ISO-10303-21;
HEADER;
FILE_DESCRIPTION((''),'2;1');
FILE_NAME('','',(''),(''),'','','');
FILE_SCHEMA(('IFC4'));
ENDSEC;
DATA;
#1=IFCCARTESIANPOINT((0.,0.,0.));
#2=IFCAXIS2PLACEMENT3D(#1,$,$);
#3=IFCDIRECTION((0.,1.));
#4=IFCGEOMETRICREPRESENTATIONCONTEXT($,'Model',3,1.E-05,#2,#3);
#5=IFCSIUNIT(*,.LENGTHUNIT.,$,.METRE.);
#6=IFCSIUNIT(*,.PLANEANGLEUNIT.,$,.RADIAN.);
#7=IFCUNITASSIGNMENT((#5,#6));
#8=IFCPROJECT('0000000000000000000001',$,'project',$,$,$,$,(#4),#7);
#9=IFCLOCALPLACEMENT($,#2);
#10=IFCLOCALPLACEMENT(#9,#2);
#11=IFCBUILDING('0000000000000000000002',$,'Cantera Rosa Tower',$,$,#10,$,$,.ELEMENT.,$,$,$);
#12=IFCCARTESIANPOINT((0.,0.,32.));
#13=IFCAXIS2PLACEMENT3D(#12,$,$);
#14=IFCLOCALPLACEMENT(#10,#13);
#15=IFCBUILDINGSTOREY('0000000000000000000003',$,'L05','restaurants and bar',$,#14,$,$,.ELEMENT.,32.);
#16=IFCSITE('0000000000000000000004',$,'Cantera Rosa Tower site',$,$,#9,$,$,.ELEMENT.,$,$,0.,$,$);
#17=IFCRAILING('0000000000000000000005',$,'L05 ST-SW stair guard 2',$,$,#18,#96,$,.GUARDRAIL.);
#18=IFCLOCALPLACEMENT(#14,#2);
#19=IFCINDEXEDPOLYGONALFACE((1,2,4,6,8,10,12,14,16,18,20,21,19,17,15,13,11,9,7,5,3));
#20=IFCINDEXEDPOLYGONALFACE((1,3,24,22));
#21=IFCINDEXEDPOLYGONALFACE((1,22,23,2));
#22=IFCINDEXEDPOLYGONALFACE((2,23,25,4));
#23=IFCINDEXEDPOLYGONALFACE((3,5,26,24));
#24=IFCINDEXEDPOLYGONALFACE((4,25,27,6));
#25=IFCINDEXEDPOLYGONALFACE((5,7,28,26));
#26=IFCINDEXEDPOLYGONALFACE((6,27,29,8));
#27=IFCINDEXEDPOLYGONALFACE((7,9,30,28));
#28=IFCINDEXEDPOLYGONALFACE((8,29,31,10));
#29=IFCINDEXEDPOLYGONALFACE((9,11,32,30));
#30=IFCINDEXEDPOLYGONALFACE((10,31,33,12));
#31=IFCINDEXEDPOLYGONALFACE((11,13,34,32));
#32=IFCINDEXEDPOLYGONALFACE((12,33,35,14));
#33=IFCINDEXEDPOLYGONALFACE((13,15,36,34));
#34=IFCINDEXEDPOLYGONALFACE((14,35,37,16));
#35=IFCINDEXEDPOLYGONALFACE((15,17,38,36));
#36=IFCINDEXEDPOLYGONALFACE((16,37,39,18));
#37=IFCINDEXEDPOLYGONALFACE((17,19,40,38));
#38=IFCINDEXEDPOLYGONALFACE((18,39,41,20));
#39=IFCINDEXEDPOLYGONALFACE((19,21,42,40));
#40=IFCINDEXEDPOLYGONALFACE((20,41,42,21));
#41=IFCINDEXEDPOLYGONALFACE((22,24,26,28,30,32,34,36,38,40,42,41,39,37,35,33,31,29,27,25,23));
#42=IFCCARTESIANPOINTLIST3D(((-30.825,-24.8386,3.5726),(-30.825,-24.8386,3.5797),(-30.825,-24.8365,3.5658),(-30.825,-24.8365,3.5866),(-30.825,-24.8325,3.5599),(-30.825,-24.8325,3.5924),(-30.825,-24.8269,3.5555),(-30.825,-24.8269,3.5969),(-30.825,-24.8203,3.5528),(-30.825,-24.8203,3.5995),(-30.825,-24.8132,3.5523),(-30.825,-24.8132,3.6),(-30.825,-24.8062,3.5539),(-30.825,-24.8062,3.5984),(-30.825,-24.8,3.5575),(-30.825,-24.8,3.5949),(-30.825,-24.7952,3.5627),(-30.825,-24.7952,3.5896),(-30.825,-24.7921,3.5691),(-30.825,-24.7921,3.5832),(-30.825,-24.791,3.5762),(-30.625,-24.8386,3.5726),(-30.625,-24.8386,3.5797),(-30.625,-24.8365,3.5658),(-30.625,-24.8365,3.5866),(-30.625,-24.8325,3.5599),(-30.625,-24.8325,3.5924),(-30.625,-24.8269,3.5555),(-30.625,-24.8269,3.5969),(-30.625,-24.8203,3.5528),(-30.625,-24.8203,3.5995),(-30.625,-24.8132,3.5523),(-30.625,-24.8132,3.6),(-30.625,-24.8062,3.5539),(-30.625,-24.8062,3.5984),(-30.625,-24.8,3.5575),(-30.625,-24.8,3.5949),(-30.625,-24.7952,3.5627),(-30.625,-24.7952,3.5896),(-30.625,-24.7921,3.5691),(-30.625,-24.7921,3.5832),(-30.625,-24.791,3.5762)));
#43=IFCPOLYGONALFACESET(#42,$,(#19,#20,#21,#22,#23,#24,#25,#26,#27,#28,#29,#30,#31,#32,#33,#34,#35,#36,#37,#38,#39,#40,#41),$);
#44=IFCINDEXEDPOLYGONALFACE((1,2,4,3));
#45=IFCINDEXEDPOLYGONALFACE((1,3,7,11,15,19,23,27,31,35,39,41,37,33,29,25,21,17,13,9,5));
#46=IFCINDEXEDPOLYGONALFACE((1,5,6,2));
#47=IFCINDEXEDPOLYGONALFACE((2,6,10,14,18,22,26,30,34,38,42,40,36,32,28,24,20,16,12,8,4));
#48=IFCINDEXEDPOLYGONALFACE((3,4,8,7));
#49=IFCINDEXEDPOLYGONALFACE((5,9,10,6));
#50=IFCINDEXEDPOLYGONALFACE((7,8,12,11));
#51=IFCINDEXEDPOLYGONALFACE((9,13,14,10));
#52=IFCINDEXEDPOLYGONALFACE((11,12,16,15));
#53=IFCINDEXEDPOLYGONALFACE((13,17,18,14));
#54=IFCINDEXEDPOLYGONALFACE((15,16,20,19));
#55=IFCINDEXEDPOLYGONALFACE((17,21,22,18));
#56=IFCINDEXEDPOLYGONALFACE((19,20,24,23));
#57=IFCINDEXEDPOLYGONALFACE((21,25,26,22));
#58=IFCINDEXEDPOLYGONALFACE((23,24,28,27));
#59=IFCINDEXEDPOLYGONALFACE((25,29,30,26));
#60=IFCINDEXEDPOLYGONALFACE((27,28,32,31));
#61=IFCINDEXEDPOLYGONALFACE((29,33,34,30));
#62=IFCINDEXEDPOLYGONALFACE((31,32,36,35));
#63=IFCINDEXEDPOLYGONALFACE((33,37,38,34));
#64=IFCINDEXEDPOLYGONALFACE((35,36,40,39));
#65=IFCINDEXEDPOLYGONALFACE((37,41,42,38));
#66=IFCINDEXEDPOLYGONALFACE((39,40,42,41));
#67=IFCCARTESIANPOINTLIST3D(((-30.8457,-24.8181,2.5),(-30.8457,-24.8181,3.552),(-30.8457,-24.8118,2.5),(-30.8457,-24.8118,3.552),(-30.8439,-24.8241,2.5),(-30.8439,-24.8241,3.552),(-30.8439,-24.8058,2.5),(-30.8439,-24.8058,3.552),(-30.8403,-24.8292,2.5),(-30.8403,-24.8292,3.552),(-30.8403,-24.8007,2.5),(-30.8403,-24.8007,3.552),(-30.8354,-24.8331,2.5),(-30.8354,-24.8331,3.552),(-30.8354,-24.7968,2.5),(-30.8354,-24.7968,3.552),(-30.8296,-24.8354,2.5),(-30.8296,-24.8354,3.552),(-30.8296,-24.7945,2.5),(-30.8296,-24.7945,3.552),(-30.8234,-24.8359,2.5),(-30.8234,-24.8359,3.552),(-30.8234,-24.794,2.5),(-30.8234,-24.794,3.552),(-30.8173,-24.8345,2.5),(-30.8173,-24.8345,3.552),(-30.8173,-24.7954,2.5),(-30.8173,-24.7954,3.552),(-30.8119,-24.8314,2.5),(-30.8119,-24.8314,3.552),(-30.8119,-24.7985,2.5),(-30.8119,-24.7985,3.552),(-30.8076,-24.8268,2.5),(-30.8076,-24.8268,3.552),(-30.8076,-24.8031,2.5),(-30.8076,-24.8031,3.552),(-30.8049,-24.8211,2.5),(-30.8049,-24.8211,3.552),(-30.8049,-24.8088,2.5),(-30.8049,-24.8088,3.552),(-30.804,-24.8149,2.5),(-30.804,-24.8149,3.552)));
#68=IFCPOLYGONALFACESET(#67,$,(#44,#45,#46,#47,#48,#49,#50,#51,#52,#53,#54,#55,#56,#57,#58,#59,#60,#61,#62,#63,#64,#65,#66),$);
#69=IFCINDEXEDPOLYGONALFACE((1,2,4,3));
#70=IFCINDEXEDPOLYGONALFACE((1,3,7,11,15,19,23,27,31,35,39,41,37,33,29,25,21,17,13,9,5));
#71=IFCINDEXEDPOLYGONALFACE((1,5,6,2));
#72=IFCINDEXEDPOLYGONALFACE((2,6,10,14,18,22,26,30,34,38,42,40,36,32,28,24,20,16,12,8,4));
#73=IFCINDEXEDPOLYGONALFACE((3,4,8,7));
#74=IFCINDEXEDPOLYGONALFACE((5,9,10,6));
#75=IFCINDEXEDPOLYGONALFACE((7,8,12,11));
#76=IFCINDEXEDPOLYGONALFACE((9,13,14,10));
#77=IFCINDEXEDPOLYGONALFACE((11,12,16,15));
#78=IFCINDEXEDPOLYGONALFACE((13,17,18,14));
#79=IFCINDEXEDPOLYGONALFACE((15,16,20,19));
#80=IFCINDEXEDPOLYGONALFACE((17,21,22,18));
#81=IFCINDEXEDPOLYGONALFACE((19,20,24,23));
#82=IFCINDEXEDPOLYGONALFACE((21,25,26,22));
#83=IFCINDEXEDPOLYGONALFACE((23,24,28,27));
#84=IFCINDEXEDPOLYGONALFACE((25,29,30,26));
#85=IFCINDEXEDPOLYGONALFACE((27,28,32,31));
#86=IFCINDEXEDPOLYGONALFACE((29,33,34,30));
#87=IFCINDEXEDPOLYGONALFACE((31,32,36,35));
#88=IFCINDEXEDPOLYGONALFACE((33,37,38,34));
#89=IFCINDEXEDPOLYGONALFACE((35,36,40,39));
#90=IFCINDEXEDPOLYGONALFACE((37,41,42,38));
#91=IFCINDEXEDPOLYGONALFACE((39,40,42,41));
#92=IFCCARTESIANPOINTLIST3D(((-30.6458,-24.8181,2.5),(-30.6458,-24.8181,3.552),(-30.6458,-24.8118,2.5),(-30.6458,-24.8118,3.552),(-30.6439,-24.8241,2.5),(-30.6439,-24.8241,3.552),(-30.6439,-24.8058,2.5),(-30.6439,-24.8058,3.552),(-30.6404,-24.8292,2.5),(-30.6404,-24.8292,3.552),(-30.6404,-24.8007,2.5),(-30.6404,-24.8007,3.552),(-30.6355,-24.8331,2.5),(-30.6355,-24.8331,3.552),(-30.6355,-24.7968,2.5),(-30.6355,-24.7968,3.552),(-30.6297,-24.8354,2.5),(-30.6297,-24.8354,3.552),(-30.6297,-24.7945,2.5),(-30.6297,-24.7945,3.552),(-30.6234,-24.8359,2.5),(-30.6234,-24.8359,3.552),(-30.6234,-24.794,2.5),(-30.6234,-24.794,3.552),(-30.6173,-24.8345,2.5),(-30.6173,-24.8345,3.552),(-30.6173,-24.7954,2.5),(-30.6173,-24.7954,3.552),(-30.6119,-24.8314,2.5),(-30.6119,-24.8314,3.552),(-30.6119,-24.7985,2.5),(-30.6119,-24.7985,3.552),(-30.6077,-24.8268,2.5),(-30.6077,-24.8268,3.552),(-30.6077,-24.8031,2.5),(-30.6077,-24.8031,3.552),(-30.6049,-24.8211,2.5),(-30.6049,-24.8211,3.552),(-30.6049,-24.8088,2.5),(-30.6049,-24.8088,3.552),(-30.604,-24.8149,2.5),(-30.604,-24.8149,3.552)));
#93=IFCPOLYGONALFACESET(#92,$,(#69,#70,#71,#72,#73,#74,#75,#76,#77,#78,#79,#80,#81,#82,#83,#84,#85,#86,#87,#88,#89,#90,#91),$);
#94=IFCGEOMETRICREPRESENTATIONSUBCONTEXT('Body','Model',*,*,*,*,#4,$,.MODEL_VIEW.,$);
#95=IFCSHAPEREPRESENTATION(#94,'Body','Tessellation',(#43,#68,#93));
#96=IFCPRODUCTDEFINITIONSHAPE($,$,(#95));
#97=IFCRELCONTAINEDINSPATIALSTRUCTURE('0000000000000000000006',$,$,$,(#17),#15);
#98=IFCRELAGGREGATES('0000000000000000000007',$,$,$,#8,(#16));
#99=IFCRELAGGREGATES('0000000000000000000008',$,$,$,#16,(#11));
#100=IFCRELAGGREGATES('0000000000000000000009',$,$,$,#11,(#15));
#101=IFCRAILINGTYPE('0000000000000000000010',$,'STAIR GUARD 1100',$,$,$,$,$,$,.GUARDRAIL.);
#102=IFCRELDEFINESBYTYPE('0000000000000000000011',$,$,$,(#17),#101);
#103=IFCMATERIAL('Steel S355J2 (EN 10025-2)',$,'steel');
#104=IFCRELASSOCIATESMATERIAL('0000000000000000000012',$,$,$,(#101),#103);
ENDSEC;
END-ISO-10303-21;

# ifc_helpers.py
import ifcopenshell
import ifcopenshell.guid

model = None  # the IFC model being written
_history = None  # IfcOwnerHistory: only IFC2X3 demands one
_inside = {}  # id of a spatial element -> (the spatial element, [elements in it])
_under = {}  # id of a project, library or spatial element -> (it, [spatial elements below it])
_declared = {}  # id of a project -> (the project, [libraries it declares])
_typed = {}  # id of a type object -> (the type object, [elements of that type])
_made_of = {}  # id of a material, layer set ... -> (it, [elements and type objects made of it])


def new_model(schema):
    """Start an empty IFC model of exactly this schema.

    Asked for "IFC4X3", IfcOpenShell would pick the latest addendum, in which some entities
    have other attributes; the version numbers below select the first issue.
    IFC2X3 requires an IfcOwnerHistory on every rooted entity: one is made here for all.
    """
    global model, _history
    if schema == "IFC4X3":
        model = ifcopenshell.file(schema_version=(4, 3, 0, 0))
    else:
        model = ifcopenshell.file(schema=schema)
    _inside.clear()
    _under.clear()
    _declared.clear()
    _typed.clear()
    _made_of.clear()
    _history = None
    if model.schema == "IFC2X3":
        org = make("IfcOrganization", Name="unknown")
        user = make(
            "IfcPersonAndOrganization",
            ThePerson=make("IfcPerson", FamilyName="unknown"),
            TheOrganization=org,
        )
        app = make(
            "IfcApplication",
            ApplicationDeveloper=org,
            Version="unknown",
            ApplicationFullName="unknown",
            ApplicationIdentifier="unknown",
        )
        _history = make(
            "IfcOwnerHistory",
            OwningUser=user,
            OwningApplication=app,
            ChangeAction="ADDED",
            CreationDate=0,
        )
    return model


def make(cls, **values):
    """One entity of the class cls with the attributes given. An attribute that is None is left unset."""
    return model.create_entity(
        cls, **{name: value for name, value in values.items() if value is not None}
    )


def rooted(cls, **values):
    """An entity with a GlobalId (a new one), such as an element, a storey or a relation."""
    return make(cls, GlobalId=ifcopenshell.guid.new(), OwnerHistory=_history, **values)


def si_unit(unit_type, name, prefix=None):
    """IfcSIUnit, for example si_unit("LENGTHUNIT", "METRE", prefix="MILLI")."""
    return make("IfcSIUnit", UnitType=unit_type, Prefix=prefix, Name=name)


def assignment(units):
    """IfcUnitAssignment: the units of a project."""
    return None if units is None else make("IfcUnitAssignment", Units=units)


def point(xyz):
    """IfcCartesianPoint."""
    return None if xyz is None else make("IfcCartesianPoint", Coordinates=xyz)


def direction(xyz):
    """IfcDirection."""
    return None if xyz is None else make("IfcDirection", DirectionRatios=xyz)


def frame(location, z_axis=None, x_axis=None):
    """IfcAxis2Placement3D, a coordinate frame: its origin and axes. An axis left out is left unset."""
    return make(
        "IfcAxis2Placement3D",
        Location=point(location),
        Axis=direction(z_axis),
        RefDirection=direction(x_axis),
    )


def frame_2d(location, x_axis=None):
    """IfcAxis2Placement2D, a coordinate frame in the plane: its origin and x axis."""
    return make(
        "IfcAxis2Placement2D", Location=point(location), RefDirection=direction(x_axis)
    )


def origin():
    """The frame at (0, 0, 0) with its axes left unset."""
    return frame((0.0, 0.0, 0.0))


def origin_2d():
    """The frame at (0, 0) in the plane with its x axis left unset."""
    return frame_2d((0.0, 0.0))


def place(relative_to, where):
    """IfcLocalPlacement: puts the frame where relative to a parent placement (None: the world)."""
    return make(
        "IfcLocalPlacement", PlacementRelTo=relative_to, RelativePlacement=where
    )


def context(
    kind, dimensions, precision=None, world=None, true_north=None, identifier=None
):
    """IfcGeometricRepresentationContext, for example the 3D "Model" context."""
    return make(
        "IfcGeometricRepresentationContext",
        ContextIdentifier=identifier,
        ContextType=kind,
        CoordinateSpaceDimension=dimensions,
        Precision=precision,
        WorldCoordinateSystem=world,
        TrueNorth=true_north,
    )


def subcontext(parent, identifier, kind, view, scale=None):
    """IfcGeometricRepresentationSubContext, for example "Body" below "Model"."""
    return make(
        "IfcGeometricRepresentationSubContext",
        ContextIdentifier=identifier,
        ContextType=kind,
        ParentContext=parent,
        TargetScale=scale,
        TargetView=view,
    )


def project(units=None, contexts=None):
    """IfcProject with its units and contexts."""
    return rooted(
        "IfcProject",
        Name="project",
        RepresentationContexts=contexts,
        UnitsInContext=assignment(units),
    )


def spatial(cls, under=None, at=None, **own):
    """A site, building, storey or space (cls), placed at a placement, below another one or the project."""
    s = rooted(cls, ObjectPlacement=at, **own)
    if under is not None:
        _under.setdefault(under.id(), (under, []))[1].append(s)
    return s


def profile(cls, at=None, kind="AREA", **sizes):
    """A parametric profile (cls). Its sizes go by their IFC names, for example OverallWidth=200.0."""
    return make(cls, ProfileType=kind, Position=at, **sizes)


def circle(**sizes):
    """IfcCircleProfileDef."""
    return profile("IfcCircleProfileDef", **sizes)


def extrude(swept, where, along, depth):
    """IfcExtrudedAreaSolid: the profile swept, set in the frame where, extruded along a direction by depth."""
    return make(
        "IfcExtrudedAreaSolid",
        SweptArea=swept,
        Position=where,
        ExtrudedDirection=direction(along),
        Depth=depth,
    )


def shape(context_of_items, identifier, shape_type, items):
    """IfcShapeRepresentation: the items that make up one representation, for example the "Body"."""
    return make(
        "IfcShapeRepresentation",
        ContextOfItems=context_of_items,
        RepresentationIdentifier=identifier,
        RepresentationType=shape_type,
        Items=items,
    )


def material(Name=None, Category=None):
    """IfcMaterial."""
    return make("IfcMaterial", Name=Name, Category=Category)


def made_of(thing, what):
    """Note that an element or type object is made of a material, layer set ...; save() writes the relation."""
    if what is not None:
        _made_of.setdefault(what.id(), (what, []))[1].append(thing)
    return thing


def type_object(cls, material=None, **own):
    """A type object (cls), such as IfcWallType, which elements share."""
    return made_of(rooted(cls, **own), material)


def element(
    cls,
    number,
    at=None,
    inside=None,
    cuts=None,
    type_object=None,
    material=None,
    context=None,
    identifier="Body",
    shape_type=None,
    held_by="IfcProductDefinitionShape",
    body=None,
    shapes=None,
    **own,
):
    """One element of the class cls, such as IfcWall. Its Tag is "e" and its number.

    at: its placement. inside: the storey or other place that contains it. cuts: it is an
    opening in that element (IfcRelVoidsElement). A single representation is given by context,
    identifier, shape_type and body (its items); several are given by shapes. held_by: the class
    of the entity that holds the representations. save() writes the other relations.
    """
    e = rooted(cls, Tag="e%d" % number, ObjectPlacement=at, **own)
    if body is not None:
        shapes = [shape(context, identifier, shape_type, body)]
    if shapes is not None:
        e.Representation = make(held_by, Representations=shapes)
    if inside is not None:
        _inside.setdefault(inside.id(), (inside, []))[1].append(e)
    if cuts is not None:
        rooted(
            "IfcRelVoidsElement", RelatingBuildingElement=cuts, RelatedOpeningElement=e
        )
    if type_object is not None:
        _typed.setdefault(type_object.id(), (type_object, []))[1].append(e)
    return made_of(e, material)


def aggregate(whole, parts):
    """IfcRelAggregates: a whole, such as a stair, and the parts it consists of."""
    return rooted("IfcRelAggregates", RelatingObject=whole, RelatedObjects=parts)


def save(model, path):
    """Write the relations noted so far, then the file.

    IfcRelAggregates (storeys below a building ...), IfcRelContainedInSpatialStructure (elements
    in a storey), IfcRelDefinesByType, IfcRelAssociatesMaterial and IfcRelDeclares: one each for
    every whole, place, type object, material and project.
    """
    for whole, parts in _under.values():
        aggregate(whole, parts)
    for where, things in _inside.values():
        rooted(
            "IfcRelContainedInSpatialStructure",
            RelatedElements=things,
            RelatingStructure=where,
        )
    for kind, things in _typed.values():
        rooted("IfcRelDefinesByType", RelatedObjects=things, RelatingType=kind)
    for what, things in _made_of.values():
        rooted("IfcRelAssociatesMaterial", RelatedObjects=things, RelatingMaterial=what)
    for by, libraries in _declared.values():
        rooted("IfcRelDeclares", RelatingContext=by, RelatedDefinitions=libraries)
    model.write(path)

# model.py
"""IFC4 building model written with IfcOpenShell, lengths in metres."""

from ifc_helpers import new_model, si_unit, direction, frame, origin, origin_2d, place, context, subcontext, project, spatial, circle, extrude, material, type_object, element, save


model = new_model("IFC4")

# Units and contexts
model_context = context("Model", 3, precision=1e-05, world=origin(), true_north=direction((0.0, 1.0)))
body_context = subcontext(model_context, "Body", "Model", "MODEL_VIEW")
ifc_project = project(units=[si_unit("LENGTHUNIT", "METRE"), si_unit("PLANEANGLEUNIT", "RADIAN")], contexts=[model_context])

# Site, building, storey
site_placement = place(None, origin())
site = spatial("IfcSite", under=ifc_project, at=site_placement, Name="Cantera Rosa Tower site", CompositionType="ELEMENT", RefElevation=0.0)
building_placement = place(site_placement, origin())
building = spatial("IfcBuilding", under=site, at=building_placement, Name="Cantera Rosa Tower", CompositionType="ELEMENT")
storey_placement = place(building_placement, frame((0.0, 0.0, 32.0)))
storey = spatial("IfcBuildingStorey", under=building, at=storey_placement, Name="L05", Description="restaurants and bar", CompositionType="ELEMENT", Elevation=32.0)

# Railing
ifc_material_1 = material(Name="Steel S355J2 (EN 10025-2)", Category="steel")
railing_type_1 = type_object("IfcRailingType", Name="STAIR GUARD 1100", PredefinedType="GUARDRAIL", material=ifc_material_1)
railing_1_placement = place(storey_placement, frame((-30.825, -24.8149, 2.5)))
element("IfcRailing", 1, at=railing_1_placement, inside=storey, type_object=railing_type_1, Name="L05 ST-SW stair guard 2", PredefinedType="GUARDRAIL", context=body_context, shape_type="SweptSolid", body=[
    extrude(circle(Radius=0.0239, at=origin_2d()), frame((0.0, 0.0, 1.0762), z_axis=(1.0, 0.0, 0.0), x_axis=(0.0, 1.0, 0.0)), (0.0, 0.0, 1.0), 0.2),
    extrude(circle(Radius=0.021, at=origin_2d()), origin(), (0.0, 0.0, 1.0), 1.052),
    extrude(circle(Radius=0.021, at=origin_2d()), frame((0.2, 0.0, 0.0)), (0.0, 0.0, 1.0), 1.052),
])

save(model, "model.ifc")
